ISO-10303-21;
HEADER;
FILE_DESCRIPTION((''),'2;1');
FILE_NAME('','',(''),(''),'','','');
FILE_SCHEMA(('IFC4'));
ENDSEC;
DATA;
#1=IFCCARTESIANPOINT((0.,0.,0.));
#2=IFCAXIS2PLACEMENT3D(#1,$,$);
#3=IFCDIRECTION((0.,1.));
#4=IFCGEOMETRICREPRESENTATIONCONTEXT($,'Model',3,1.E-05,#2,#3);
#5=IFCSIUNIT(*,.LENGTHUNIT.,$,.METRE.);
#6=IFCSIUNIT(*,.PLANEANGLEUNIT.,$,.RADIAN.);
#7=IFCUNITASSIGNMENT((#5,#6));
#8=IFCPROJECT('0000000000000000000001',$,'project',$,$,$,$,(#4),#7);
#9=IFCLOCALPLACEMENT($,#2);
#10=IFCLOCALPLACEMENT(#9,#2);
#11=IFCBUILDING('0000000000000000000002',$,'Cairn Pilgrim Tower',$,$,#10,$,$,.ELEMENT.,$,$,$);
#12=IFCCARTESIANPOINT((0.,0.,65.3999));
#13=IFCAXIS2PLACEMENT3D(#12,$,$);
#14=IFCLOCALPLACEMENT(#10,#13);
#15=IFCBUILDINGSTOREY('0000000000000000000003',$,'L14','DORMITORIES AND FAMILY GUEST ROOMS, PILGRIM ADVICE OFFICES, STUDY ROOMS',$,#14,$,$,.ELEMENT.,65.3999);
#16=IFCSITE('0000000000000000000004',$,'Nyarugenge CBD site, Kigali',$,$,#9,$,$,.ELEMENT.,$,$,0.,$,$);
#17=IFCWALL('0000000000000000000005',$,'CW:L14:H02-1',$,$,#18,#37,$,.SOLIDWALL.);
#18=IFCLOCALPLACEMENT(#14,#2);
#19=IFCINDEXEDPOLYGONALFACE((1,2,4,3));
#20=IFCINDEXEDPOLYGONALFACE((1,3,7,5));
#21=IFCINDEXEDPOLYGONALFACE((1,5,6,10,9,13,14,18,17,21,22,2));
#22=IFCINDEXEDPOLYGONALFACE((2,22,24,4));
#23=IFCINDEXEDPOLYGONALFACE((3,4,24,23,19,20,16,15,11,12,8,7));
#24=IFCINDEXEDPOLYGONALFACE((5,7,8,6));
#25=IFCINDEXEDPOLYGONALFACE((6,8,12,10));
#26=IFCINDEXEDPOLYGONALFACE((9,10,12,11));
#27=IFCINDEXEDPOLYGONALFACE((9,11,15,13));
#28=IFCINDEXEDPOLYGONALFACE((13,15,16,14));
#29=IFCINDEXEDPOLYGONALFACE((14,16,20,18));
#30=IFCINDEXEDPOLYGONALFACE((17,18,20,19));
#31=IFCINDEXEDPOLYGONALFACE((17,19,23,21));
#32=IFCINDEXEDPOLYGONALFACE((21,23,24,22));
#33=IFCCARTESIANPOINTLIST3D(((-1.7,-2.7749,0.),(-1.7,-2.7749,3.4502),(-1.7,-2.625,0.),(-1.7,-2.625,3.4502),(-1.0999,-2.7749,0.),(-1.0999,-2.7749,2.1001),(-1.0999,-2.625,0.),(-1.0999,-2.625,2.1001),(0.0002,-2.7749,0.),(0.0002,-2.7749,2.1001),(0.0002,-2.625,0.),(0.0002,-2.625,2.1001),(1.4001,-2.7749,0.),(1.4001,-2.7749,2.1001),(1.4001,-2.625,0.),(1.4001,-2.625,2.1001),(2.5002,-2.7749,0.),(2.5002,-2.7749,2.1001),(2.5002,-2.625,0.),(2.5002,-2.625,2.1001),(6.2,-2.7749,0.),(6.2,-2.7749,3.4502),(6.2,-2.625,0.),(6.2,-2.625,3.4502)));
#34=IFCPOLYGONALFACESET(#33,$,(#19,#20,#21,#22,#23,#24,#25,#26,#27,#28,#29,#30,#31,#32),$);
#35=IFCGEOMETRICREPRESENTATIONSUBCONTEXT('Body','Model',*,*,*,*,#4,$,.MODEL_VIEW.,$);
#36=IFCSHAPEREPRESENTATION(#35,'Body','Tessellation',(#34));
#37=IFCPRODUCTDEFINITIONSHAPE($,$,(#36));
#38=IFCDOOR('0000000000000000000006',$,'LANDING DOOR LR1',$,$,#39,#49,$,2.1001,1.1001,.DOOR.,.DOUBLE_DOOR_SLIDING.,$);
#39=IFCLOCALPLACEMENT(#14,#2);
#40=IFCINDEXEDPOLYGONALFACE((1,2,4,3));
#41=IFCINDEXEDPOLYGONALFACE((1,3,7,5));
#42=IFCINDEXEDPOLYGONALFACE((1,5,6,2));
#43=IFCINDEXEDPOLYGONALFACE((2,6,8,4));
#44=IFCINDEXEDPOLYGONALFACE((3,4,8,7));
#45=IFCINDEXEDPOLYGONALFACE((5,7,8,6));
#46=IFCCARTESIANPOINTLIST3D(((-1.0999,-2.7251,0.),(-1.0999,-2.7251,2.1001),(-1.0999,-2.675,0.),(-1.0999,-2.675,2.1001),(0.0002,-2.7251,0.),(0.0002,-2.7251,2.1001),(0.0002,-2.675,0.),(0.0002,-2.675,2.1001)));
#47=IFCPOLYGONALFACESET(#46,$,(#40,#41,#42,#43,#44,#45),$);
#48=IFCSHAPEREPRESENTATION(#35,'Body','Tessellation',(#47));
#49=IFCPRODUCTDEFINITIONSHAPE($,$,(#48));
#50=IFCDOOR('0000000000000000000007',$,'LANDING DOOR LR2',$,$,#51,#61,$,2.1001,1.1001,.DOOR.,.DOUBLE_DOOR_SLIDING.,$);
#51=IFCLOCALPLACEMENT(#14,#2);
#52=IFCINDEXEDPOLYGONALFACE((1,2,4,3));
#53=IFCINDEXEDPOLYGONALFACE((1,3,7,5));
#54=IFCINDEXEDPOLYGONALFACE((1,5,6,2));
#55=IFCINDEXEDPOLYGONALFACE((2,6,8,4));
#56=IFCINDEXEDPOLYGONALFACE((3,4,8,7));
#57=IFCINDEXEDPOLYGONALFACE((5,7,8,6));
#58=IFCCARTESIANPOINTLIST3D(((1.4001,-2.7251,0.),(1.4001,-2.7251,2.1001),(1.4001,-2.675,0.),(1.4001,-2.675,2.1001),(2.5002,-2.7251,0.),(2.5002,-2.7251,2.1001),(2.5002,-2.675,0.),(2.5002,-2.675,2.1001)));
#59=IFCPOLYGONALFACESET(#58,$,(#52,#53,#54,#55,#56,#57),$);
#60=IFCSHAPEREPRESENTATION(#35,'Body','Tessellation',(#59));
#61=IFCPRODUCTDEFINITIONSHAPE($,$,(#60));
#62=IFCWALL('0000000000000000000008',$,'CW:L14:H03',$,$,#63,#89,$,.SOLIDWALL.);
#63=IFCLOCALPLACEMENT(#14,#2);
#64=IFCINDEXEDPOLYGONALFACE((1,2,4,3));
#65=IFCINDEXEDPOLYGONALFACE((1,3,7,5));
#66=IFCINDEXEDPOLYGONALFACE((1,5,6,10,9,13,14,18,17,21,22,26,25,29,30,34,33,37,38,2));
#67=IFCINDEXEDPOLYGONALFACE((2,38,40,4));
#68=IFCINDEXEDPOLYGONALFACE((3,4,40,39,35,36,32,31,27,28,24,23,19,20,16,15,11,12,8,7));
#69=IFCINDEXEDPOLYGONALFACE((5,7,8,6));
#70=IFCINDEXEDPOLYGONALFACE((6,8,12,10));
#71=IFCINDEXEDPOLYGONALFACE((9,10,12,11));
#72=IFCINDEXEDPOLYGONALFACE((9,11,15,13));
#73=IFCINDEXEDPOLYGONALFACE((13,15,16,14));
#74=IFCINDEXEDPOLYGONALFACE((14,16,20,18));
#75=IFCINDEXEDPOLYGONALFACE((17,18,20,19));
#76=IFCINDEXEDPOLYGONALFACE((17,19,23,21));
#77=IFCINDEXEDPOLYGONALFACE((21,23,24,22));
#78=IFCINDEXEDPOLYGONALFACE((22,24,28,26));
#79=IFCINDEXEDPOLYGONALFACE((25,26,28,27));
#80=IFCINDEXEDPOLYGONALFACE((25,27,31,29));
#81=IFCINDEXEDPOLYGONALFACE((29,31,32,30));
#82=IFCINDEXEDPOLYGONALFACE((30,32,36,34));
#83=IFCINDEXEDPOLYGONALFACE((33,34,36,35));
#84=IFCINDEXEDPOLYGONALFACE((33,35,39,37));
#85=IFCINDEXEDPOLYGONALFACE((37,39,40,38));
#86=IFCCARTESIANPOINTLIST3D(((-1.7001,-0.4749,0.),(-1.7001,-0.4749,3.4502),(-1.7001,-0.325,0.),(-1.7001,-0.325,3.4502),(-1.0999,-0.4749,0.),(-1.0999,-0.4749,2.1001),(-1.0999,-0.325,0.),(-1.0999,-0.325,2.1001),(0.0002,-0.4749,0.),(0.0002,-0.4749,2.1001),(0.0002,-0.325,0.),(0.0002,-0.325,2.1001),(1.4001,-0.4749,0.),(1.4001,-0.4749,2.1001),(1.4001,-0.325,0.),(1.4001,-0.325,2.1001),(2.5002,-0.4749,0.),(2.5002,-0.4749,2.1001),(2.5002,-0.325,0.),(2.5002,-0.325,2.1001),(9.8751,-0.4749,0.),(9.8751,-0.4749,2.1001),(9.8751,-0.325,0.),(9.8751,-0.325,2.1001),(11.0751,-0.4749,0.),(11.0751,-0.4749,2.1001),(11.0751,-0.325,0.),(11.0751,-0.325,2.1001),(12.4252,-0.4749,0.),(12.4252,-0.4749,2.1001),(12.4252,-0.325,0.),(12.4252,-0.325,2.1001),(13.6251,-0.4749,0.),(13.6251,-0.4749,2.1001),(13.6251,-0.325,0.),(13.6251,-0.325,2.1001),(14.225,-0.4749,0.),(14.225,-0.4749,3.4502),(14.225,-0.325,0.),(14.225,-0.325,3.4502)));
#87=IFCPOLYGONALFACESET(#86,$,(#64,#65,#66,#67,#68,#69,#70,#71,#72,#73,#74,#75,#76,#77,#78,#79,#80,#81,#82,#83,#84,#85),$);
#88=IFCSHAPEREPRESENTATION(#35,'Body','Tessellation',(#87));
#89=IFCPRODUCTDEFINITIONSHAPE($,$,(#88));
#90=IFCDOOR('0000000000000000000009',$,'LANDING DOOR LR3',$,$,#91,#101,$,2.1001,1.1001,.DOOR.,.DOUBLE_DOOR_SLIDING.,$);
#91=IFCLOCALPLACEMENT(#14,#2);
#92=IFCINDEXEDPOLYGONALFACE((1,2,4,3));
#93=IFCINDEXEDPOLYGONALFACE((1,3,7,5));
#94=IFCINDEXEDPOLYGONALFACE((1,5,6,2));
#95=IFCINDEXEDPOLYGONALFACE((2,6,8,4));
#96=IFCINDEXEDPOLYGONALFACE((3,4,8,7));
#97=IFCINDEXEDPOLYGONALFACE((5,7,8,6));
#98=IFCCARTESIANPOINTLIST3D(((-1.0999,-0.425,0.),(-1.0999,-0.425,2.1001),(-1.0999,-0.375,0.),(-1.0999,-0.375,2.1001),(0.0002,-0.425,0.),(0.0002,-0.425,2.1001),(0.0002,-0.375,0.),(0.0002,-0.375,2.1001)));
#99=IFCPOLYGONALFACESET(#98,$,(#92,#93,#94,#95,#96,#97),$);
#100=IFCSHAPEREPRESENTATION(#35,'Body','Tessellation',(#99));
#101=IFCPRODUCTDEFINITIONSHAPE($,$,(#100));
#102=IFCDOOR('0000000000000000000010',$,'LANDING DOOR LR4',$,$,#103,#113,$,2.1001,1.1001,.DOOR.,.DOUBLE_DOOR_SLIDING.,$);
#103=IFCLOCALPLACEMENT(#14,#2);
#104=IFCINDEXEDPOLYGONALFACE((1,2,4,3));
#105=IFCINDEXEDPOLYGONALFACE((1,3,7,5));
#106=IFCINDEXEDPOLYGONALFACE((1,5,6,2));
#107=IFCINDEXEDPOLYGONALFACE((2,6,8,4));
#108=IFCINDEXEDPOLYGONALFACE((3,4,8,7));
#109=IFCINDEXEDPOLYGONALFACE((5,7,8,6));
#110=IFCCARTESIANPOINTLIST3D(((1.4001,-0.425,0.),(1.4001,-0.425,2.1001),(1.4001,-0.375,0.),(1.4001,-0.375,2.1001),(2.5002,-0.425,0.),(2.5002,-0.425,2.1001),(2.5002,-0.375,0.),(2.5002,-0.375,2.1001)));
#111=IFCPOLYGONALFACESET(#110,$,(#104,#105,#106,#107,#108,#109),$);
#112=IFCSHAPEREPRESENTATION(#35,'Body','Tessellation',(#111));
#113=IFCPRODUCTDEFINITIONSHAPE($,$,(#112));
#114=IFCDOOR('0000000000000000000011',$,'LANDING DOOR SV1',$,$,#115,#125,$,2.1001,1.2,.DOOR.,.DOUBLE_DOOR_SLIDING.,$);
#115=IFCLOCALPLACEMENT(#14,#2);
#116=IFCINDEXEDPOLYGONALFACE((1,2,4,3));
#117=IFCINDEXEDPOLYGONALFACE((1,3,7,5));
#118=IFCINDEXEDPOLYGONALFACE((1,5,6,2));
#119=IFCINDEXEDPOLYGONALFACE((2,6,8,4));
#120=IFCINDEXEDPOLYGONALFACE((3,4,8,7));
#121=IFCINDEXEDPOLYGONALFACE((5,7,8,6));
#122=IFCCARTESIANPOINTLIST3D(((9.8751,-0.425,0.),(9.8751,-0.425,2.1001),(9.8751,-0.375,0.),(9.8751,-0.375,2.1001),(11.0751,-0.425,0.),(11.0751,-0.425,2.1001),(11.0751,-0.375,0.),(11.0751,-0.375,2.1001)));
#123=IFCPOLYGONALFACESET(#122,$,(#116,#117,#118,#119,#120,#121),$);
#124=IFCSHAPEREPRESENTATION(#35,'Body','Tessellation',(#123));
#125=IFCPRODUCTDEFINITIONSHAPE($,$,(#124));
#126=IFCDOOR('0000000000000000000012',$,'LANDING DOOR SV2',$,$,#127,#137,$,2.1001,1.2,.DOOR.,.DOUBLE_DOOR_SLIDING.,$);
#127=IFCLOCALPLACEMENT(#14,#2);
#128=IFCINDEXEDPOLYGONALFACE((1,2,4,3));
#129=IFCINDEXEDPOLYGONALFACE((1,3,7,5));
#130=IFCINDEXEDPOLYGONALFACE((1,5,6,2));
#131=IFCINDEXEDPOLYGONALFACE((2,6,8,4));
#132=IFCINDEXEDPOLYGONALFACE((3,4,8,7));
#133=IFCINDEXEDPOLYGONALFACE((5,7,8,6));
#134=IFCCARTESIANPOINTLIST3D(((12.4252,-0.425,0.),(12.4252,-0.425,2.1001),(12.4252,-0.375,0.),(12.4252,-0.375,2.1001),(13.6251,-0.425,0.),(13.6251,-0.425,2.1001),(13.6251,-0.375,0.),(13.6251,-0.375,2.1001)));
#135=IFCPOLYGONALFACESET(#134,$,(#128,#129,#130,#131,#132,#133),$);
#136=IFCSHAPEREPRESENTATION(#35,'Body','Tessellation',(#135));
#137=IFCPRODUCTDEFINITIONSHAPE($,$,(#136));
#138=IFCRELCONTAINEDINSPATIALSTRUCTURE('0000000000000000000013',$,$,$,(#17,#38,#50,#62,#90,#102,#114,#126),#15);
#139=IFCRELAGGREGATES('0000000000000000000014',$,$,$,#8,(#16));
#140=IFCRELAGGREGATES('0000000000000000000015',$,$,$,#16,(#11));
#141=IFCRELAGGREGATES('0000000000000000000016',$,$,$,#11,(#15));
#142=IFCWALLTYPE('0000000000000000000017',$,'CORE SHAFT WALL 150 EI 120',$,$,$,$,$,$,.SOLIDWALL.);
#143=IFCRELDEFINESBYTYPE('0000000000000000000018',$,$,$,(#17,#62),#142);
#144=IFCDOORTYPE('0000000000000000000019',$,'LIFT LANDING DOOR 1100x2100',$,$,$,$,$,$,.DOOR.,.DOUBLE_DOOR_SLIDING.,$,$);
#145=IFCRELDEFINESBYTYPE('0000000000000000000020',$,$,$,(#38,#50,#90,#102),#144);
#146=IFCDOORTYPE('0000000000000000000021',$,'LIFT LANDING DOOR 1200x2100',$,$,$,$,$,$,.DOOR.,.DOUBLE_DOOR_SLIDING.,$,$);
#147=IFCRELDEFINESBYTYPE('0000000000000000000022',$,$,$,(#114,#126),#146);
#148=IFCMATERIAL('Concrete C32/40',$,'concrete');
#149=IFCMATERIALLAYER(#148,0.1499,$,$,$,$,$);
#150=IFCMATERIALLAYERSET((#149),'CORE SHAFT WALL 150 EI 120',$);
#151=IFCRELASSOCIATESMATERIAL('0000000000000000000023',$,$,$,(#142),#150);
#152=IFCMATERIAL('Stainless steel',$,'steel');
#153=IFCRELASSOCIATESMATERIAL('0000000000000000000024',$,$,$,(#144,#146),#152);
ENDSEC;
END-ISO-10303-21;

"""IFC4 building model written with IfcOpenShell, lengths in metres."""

from ifc_helpers import new_model, si_unit, direction, frame, frame_2d, origin, place, context, subcontext, project, spatial, rectangle, extrude, material, layer, layer_set, type_object, element, fill, save


model = new_model("IFC4")

# Units and contexts
model_context = context("Model", 3, precision=1e-05, world=origin(), true_north=direction((0.0, 1.0)))
body_context = subcontext(model_context, "Body", "Model", "MODEL_VIEW")
ifc_project = project(units=[si_unit("LENGTHUNIT", "METRE"), si_unit("PLANEANGLEUNIT", "RADIAN")], contexts=[model_context])

# Site, building, storey
site_placement = place(None, origin())
site = spatial("IfcSite", under=ifc_project, at=site_placement, Name="Nyarugenge CBD site, Kigali", CompositionType="ELEMENT", RefElevation=0.0)
building_placement = place(site_placement, origin())
building = spatial("IfcBuilding", under=site, at=building_placement, Name="Cairn Pilgrim Tower", CompositionType="ELEMENT")
storey_placement = place(building_placement, frame((0.0, 0.0, 65.3999)))
storey = spatial("IfcBuildingStorey", under=building, at=storey_placement, Name="L14", Description="DORMITORIES AND FAMILY GUEST ROOMS, PILGRIM ADVICE OFFICES, STUDY ROOMS", CompositionType="ELEMENT", Elevation=65.3999)

# Shared definitions
ifc_material_1 = material(Name="Concrete C32/40", Category="concrete")

# Walls, openings, doors
ifc_layer_1 = layer(ifc_material_1, 0.1499)
ifc_layer_set_1 = layer_set([ifc_layer_1], Name="CORE SHAFT WALL 150 EI 120")
wall_type_1 = type_object("IfcWallType", Name="CORE SHAFT WALL 150 EI 120", PredefinedType="SOLIDWALL", material=ifc_layer_set_1)
wall_1_placement = place(storey_placement, frame((-1.7, -2.7, 0.0), z_axis=(0.0, 0.0, 1.0), x_axis=(1.0, 0.0, 0.0)))
wall_1 = element("IfcWall", 1, at=wall_1_placement, inside=storey, type_object=wall_type_1, Name="CW:L14:H02-1", PredefinedType="SOLIDWALL", context=body_context, shape_type="SweptSolid", body=[
    extrude(rectangle(XDim=7.8999, YDim=0.1499, at=frame_2d((3.95, 0.0))), origin(), (0.0, 0.0, 1.0), 3.4502),
])
opening_1_placement = place(wall_1_placement, frame((0.6001, 0.0, 0.0)))
opening_1 = element("IfcOpeningElement", 2, at=opening_1_placement, cuts=wall_1, PredefinedType="OPENING", context=body_context, shape_type="SweptSolid", body=[
    extrude(rectangle(XDim=1.1001, YDim=2.1001, at=frame_2d((0.55, 1.05))), frame((0.0, 0.085, 0.0), z_axis=(0.0, -1.0, 0.0), x_axis=(1.0, 0.0, 0.0)), (0.0, 0.0, 1.0), 0.1699),
])
opening_2_placement = place(wall_1_placement, frame((3.1001, 0.0, 0.0)))
opening_2 = element("IfcOpeningElement", 3, at=opening_2_placement, cuts=wall_1, PredefinedType="OPENING", context=body_context, shape_type="SweptSolid", body=[
    extrude(rectangle(XDim=1.1001, YDim=2.1001, at=frame_2d((0.55, 1.05))), frame((0.0, 0.085, 0.0), z_axis=(0.0, -1.0, 0.0), x_axis=(1.0, 0.0, 0.0)), (0.0, 0.0, 1.0), 0.1699),
])
ifc_material_2 = material(Name="Stainless steel", Category="steel")
door_type_1 = type_object("IfcDoorType", Name="LIFT LANDING DOOR 1100x2100", OperationType="DOUBLE_DOOR_SLIDING", PredefinedType="DOOR", material=ifc_material_2)
door_1_placement = place(opening_1_placement, origin())
door_1 = element("IfcDoor", 4, at=door_1_placement, inside=storey, type_object=door_type_1, Name="LANDING DOOR LR1", OperationType="DOUBLE_DOOR_SLIDING", OverallHeight=2.1001, OverallWidth=1.1001, PredefinedType="DOOR", context=body_context, shape_type="SweptSolid", body=[
    extrude(rectangle(XDim=1.1001, YDim=2.1001, at=frame_2d((0.55, 1.05))), frame((0.0, 0.0249, 0.0), z_axis=(0.0, -1.0, 0.0), x_axis=(1.0, 0.0, 0.0)), (0.0, 0.0, 1.0), 0.05),
])
fill(opening_1, door_1)
door_2_placement = place(opening_2_placement, origin())
door_2 = element("IfcDoor", 5, at=door_2_placement, inside=storey, type_object=door_type_1, Name="LANDING DOOR LR2", OperationType="DOUBLE_DOOR_SLIDING", OverallHeight=2.1001, OverallWidth=1.1001, PredefinedType="DOOR", context=body_context, shape_type="SweptSolid", body=[
    extrude(rectangle(XDim=1.1001, YDim=2.1001, at=frame_2d((0.55, 1.05))), frame((0.0, 0.0249, 0.0), z_axis=(0.0, -1.0, 0.0), x_axis=(1.0, 0.0, 0.0)), (0.0, 0.0, 1.0), 0.05),
])
fill(opening_2, door_2)
wall_2_placement = place(storey_placement, frame((-1.7, -0.3999, 0.0), z_axis=(0.0, 0.0, 1.0), x_axis=(1.0, 0.0, 0.0)))
wall_2 = element("IfcWall", 6, at=wall_2_placement, inside=storey, type_object=wall_type_1, Name="CW:L14:H03", PredefinedType="SOLIDWALL", context=body_context, shape_type="SweptSolid", body=[
    extrude(rectangle(XDim=15.925, YDim=0.1499, at=frame_2d((7.9624, 0.0))), origin(), (0.0, 0.0, 1.0), 3.4502),
])
opening_3_placement = place(wall_2_placement, frame((0.6001, 0.0, 0.0)))
opening_3 = element("IfcOpeningElement", 7, at=opening_3_placement, cuts=wall_2, PredefinedType="OPENING", context=body_context, shape_type="SweptSolid", body=[
    extrude(rectangle(XDim=1.1001, YDim=2.1001, at=frame_2d((0.55, 1.05))), frame((0.0, 0.085, 0.0), z_axis=(0.0, -1.0, 0.0), x_axis=(1.0, 0.0, 0.0)), (0.0, 0.0, 1.0), 0.1699),
])
opening_4_placement = place(wall_2_placement, frame((3.1001, 0.0, 0.0)))
opening_4 = element("IfcOpeningElement", 8, at=opening_4_placement, cuts=wall_2, PredefinedType="OPENING", context=body_context, shape_type="SweptSolid", body=[
    extrude(rectangle(XDim=1.1001, YDim=2.1001, at=frame_2d((0.55, 1.05))), frame((0.0, 0.085, 0.0), z_axis=(0.0, -1.0, 0.0), x_axis=(1.0, 0.0, 0.0)), (0.0, 0.0, 1.0), 0.1699),
])
opening_5_placement = place(wall_2_placement, frame((11.575, 0.0, 0.0)))
opening_5 = element("IfcOpeningElement", 9, at=opening_5_placement, cuts=wall_2, PredefinedType="OPENING", context=body_context, shape_type="SweptSolid", body=[
    extrude(rectangle(XDim=1.2, YDim=2.1001, at=frame_2d((0.6001, 1.05))), frame((0.0, 0.085, 0.0), z_axis=(0.0, -1.0, 0.0), x_axis=(1.0, 0.0, 0.0)), (0.0, 0.0, 1.0), 0.1699),
])
opening_6_placement = place(wall_2_placement, frame((14.125, 0.0, 0.0)))
opening_6 = element("IfcOpeningElement", 10, at=opening_6_placement, cuts=wall_2, PredefinedType="OPENING", context=body_context, shape_type="SweptSolid", body=[
    extrude(rectangle(XDim=1.2, YDim=2.1001, at=frame_2d((0.6001, 1.05))), frame((0.0, 0.085, 0.0), z_axis=(0.0, -1.0, 0.0), x_axis=(1.0, 0.0, 0.0)), (0.0, 0.0, 1.0), 0.1699),
])
door_3_placement = place(opening_3_placement, origin())
door_3 = element("IfcDoor", 11, at=door_3_placement, inside=storey, type_object=door_type_1, Name="LANDING DOOR LR3", OperationType="DOUBLE_DOOR_SLIDING", OverallHeight=2.1001, OverallWidth=1.1001, PredefinedType="DOOR", context=body_context, shape_type="SweptSolid", body=[
    extrude(rectangle(XDim=1.1001, YDim=2.1001, at=frame_2d((0.55, 1.05))), frame((0.0, 0.0249, 0.0), z_axis=(0.0, -1.0, 0.0), x_axis=(1.0, 0.0, 0.0)), (0.0, 0.0, 1.0), 0.05),
])
fill(opening_3, door_3)
door_4_placement = place(opening_4_placement, origin())
door_4 = element("IfcDoor", 12, at=door_4_placement, inside=storey, type_object=door_type_1, Name="LANDING DOOR LR4", OperationType="DOUBLE_DOOR_SLIDING", OverallHeight=2.1001, OverallWidth=1.1001, PredefinedType="DOOR", context=body_context, shape_type="SweptSolid", body=[
    extrude(rectangle(XDim=1.1001, YDim=2.1001, at=frame_2d((0.55, 1.05))), frame((0.0, 0.0249, 0.0), z_axis=(0.0, -1.0, 0.0), x_axis=(1.0, 0.0, 0.0)), (0.0, 0.0, 1.0), 0.05),
])
fill(opening_4, door_4)
door_type_2 = type_object("IfcDoorType", Name="LIFT LANDING DOOR 1200x2100", OperationType="DOUBLE_DOOR_SLIDING", PredefinedType="DOOR", material=ifc_material_2)
door_5_placement = place(opening_5_placement, origin())
door_5 = element("IfcDoor", 13, at=door_5_placement, inside=storey, type_object=door_type_2, Name="LANDING DOOR SV1", OperationType="DOUBLE_DOOR_SLIDING", OverallHeight=2.1001, OverallWidth=1.2, PredefinedType="DOOR", context=body_context, shape_type="SweptSolid", body=[
    extrude(rectangle(XDim=1.2, YDim=2.1001, at=frame_2d((0.6001, 1.05))), frame((0.0, 0.0249, 0.0), z_axis=(0.0, -1.0, 0.0), x_axis=(1.0, 0.0, 0.0)), (0.0, 0.0, 1.0), 0.05),
])
fill(opening_5, door_5)
door_6_placement = place(opening_6_placement, origin())
door_6 = element("IfcDoor", 14, at=door_6_placement, inside=storey, type_object=door_type_2, Name="LANDING DOOR SV2", OperationType="DOUBLE_DOOR_SLIDING", OverallHeight=2.1001, OverallWidth=1.2, PredefinedType="DOOR", context=body_context, shape_type="SweptSolid", body=[
    extrude(rectangle(XDim=1.2, YDim=2.1001, at=frame_2d((0.6001, 1.05))), frame((0.0, 0.0249, 0.0), z_axis=(0.0, -1.0, 0.0), x_axis=(1.0, 0.0, 0.0)), (0.0, 0.0, 1.0), 0.05),
])
fill(opening_6, door_6)

save(model, "model.ifc")
